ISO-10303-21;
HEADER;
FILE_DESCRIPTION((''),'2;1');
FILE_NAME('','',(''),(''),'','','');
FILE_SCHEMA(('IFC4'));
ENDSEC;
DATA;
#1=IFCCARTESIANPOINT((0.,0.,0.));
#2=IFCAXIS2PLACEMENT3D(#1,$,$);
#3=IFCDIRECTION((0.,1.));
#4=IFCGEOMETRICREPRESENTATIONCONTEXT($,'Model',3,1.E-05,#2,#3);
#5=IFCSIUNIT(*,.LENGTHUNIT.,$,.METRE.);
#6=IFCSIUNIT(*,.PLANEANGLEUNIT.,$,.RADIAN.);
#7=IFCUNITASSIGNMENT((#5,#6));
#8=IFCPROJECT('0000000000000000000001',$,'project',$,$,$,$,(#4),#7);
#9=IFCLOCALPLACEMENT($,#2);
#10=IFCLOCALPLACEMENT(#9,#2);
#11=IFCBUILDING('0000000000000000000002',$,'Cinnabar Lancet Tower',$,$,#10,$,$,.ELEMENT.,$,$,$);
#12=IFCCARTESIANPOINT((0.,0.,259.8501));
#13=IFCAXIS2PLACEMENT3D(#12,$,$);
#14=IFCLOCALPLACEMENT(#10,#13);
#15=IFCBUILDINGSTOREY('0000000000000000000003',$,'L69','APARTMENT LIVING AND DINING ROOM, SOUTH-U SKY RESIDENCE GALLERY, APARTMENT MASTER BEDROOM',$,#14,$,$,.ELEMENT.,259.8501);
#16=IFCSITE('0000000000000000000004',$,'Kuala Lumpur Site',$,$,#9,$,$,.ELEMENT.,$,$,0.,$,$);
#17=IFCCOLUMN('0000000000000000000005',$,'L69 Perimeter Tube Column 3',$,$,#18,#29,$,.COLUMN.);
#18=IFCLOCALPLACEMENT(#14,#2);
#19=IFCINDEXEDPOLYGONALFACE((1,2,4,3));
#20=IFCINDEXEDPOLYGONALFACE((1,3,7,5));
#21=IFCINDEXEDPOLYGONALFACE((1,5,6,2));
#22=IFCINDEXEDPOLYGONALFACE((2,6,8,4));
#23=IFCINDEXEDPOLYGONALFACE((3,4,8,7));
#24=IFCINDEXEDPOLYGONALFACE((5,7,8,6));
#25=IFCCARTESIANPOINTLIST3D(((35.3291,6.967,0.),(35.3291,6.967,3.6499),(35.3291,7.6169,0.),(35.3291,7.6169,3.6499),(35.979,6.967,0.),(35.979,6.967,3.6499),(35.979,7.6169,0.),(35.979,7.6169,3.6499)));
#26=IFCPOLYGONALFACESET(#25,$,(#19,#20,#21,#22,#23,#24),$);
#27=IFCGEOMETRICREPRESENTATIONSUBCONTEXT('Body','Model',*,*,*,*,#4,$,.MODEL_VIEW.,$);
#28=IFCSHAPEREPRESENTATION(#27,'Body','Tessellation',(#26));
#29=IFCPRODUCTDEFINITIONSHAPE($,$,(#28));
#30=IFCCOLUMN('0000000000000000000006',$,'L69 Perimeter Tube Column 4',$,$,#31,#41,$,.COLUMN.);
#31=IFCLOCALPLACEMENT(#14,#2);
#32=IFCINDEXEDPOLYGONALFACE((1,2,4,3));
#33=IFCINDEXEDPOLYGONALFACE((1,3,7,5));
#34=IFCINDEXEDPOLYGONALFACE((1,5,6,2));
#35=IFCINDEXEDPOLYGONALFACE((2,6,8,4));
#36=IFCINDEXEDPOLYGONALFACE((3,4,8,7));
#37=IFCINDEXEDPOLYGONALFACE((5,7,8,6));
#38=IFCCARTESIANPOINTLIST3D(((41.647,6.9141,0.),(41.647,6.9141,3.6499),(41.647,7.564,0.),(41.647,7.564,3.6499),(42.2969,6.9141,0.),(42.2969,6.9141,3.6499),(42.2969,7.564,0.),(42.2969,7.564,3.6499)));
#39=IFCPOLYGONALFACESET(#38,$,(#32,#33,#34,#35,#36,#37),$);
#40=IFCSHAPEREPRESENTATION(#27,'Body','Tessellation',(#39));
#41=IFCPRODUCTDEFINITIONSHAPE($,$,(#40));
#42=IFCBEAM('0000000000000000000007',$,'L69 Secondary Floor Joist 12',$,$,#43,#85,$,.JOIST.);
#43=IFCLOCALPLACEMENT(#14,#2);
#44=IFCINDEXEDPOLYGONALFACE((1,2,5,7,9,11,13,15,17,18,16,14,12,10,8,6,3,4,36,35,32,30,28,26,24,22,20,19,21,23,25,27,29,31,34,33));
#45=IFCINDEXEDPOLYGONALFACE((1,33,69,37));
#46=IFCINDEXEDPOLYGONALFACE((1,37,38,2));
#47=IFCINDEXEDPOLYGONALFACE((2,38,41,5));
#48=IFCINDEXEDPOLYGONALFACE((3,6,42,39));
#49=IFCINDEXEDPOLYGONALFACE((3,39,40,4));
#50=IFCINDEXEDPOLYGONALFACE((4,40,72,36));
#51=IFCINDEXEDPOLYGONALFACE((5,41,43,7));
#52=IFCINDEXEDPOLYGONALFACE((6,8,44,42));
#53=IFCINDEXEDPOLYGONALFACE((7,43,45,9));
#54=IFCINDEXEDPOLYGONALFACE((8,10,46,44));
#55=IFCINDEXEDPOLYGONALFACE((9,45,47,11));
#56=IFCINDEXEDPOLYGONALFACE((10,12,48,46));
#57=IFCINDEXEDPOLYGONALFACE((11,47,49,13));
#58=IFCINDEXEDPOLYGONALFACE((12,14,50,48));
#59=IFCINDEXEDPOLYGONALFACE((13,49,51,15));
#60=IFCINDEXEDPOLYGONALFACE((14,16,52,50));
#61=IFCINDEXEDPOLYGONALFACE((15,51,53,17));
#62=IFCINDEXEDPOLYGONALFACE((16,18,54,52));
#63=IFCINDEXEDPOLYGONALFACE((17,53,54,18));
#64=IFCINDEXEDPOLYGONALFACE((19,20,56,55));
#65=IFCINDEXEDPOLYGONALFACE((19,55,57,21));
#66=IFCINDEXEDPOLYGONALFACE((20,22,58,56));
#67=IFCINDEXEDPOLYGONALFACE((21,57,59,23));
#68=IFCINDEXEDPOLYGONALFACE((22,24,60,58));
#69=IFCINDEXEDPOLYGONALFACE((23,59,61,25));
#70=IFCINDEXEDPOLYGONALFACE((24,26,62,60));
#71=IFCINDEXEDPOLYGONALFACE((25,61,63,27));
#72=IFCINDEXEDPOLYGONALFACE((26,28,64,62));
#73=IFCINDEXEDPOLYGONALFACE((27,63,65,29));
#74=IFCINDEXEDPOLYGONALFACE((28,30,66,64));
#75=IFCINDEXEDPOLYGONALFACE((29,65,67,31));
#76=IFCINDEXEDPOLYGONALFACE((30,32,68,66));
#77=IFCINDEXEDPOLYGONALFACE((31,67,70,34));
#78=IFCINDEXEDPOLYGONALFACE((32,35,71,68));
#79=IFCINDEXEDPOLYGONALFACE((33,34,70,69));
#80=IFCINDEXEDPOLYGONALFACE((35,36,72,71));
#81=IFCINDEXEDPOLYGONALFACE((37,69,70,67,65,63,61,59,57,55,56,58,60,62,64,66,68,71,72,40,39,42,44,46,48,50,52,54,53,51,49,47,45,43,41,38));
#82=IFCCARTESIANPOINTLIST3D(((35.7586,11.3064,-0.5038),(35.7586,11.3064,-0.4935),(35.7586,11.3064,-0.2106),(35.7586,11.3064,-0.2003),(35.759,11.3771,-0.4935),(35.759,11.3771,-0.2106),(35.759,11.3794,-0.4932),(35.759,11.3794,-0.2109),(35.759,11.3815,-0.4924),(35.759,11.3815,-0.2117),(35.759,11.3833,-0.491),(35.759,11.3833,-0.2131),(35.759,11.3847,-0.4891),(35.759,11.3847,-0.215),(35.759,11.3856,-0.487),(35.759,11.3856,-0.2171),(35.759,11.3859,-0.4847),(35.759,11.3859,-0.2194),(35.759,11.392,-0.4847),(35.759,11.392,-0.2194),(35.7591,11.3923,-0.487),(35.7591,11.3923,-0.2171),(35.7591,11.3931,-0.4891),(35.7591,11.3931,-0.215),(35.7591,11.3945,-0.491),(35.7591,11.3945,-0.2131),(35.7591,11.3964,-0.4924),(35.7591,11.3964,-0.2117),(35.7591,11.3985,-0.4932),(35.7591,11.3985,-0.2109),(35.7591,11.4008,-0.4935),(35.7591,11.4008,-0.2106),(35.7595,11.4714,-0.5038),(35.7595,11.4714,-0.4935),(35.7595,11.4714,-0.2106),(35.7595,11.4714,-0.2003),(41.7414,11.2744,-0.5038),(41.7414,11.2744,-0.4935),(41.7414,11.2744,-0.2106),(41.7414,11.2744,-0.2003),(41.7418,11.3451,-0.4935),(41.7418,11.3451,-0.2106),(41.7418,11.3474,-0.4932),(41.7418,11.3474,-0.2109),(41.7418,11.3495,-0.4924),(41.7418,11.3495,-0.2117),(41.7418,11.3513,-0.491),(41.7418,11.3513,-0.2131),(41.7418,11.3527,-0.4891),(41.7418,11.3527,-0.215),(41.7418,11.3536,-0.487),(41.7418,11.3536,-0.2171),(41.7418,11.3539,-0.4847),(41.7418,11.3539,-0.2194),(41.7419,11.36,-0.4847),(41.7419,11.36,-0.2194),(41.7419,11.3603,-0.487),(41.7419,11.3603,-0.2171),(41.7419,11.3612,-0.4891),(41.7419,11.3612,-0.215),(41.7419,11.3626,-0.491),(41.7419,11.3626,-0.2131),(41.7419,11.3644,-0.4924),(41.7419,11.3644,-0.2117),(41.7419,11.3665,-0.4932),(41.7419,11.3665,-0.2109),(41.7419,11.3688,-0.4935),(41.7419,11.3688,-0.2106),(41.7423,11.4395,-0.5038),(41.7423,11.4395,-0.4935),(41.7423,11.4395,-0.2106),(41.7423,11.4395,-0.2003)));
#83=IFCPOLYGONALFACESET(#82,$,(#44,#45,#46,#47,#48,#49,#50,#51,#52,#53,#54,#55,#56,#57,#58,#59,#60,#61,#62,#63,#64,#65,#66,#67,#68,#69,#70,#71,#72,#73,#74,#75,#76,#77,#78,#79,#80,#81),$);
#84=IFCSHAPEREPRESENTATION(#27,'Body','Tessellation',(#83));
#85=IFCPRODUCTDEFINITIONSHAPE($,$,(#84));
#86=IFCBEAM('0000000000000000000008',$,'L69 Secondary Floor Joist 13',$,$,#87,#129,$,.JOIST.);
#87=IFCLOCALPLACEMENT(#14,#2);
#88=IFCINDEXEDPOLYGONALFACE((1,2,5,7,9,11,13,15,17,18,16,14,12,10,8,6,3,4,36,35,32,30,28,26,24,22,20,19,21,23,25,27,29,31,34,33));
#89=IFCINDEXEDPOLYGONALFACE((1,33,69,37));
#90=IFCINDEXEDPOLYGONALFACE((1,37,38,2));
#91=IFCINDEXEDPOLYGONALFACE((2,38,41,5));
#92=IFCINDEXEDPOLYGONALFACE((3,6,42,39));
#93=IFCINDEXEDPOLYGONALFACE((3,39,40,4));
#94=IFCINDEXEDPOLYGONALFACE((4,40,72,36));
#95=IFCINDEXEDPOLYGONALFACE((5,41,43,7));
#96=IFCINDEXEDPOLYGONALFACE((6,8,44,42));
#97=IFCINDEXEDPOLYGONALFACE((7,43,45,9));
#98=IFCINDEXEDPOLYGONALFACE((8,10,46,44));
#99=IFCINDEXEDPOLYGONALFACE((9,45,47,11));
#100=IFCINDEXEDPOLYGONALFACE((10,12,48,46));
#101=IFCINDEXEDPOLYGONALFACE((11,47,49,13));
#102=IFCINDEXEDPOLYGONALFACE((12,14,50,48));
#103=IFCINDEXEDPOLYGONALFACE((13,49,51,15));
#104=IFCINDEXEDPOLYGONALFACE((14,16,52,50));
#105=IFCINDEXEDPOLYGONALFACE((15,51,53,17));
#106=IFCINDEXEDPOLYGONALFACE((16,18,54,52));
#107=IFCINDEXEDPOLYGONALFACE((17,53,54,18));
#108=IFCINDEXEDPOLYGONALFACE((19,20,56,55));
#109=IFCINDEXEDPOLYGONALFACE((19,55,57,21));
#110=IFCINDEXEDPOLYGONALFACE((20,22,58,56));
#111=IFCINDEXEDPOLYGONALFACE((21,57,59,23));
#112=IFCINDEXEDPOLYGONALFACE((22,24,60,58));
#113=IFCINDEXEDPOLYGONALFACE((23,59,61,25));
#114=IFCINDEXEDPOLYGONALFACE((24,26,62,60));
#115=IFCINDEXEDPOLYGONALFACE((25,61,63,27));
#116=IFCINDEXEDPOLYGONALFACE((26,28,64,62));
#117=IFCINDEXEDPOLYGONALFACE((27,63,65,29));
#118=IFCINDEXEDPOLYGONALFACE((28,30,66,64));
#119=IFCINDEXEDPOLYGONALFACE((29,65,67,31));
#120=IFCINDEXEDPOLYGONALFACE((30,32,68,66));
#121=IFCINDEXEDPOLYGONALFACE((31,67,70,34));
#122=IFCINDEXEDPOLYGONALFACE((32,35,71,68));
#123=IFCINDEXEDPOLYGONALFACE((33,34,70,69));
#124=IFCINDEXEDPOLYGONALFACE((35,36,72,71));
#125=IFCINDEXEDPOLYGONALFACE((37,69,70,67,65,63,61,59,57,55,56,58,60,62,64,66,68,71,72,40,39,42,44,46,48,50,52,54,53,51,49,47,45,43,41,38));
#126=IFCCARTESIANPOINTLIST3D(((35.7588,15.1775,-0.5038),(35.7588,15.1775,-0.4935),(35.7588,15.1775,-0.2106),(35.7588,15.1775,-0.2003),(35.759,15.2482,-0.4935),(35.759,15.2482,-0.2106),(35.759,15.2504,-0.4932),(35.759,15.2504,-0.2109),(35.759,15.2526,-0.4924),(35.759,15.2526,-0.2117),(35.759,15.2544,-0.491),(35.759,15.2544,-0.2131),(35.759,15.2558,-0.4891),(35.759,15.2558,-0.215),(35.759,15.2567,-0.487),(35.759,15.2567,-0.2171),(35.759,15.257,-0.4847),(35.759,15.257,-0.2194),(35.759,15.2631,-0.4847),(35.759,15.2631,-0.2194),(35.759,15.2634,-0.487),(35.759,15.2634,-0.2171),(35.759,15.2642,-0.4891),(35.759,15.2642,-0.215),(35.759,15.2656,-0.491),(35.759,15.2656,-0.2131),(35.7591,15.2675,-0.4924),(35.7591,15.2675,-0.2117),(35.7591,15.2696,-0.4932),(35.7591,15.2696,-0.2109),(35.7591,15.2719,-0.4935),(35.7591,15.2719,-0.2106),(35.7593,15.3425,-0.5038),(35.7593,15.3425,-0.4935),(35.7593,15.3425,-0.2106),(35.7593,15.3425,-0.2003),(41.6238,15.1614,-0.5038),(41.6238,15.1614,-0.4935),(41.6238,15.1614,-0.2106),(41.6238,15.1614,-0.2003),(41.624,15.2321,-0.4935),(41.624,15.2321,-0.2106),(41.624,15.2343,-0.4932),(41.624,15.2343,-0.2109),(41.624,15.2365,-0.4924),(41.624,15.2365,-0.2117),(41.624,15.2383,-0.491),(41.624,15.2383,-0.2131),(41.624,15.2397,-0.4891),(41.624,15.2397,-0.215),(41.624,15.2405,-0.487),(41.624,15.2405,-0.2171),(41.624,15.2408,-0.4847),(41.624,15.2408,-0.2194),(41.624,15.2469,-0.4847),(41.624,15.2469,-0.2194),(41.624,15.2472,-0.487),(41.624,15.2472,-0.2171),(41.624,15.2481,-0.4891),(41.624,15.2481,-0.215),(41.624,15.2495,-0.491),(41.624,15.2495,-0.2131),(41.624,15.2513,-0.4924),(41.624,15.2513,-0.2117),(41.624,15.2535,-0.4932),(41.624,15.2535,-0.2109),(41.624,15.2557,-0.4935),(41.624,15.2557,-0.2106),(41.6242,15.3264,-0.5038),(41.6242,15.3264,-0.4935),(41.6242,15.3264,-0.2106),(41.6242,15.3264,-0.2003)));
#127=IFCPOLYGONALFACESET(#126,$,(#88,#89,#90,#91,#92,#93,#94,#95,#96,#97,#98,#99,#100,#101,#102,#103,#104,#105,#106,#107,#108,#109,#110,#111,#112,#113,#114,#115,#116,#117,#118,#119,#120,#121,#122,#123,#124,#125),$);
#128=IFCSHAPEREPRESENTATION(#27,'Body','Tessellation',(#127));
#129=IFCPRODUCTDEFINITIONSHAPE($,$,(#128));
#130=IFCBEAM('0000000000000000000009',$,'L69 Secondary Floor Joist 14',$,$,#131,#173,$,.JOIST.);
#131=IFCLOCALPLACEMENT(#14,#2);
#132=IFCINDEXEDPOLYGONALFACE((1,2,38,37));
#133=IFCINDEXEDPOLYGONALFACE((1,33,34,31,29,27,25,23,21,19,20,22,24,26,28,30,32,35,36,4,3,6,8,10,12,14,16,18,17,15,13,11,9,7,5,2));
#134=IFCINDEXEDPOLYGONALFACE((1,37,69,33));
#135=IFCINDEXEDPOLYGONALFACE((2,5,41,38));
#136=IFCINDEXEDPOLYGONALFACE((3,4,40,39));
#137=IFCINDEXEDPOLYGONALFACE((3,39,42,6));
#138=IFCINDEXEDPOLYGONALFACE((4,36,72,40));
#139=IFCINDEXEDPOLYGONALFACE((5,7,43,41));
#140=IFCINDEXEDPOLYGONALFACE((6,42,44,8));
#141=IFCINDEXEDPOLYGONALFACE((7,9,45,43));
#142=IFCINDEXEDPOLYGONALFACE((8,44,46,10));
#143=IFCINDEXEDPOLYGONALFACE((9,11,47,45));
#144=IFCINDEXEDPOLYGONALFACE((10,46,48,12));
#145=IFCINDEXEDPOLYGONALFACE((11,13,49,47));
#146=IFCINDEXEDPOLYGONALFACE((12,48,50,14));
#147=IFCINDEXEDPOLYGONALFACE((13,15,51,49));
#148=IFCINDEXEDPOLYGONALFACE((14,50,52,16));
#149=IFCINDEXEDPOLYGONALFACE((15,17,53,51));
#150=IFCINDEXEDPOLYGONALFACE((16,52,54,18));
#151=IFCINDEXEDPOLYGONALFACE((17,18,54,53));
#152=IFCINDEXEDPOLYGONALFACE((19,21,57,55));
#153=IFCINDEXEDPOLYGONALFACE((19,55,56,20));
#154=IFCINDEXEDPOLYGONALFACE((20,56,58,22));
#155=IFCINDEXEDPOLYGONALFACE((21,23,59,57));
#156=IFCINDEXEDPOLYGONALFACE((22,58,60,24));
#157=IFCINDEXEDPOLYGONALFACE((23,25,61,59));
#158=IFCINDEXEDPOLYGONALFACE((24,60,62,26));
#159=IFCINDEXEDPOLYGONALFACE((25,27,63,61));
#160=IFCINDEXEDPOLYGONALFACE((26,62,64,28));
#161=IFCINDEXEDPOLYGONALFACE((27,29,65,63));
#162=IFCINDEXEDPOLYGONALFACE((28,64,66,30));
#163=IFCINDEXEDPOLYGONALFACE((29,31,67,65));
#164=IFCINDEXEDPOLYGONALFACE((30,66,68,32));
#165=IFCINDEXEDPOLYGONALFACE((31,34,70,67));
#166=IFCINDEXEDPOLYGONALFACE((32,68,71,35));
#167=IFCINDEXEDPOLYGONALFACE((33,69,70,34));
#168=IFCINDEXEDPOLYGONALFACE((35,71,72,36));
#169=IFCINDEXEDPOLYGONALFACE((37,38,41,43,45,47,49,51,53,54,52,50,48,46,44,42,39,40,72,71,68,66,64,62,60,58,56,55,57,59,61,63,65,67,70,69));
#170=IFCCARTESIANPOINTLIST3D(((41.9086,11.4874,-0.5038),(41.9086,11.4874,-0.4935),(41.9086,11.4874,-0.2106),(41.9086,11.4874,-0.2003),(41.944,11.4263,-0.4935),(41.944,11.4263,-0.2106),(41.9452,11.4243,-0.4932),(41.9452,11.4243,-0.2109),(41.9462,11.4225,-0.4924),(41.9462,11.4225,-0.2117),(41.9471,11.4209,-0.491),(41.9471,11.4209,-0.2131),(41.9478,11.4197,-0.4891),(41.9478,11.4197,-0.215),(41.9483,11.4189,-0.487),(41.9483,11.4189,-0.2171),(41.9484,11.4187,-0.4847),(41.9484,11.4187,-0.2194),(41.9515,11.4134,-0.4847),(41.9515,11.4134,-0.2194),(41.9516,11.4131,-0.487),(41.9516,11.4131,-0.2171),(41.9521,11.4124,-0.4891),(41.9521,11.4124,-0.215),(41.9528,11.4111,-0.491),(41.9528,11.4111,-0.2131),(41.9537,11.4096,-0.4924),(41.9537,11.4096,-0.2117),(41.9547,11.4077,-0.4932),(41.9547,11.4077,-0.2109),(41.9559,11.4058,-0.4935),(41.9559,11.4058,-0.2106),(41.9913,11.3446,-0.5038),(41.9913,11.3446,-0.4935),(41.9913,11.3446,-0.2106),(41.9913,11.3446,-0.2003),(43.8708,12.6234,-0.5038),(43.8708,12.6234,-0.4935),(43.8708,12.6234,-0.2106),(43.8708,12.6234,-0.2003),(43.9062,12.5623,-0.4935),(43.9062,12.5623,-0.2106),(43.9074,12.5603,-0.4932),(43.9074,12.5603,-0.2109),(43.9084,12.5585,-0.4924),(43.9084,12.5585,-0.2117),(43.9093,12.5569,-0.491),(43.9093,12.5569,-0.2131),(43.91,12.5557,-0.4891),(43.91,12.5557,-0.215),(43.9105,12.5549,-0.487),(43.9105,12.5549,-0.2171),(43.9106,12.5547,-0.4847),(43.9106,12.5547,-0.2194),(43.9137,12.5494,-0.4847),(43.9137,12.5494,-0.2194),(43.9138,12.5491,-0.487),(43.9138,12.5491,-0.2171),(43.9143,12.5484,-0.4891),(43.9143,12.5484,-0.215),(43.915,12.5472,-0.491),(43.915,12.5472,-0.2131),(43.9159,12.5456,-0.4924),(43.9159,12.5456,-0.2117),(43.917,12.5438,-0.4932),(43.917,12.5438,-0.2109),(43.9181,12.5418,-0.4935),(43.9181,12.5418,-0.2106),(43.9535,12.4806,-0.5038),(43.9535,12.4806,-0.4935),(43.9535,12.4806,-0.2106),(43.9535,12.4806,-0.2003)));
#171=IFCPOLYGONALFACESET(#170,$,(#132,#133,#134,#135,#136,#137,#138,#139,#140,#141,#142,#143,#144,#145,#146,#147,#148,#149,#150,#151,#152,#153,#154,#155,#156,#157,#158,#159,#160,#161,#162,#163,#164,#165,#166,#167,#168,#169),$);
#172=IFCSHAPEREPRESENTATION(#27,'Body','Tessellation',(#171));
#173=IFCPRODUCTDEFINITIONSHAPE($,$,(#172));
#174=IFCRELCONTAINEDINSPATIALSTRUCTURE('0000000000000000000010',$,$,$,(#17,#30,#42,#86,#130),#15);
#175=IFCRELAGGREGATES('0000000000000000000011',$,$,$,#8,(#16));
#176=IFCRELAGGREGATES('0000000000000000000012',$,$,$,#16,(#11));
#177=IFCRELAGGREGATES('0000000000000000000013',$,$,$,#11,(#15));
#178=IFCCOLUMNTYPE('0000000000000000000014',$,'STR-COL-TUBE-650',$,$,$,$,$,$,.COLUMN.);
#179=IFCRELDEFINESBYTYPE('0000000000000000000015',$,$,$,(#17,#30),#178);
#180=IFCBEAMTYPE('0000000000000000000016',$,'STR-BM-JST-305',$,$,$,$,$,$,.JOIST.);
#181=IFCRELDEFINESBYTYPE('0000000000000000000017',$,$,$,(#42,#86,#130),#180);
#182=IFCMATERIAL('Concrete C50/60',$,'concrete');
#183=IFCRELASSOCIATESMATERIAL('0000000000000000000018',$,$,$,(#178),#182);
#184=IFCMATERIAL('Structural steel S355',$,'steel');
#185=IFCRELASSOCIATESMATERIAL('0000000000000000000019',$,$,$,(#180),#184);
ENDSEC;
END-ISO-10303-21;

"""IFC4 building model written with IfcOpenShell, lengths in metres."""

from ifc_helpers import new_model, si_unit, direction, frame, origin, origin_2d, place, context, subcontext, project, spatial, rectangle, i_section, extrude, material, material_profile, profile_set, type_object, element, save


model = new_model("IFC4")

# Units and contexts
model_context = context("Model", 3, precision=1e-05, world=origin(), true_north=direction((0.0, 1.0)))
body_context = subcontext(model_context, "Body", "Model", "MODEL_VIEW")
ifc_project = project(units=[si_unit("LENGTHUNIT", "METRE"), si_unit("PLANEANGLEUNIT", "RADIAN")], contexts=[model_context])

# Site, building, storey
site_placement = place(None, origin())
site = spatial("IfcSite", under=ifc_project, at=site_placement, Name="Kuala Lumpur Site", CompositionType="ELEMENT", RefElevation=0.0)
building_placement = place(site_placement, origin())
building = spatial("IfcBuilding", under=site, at=building_placement, Name="Cinnabar Lancet Tower", CompositionType="ELEMENT")
storey_placement = place(building_placement, frame((0.0, 0.0, 259.8501)))
storey = spatial("IfcBuildingStorey", under=building, at=storey_placement, Name="L69", Description="APARTMENT LIVING AND DINING ROOM, SOUTH-U SKY RESIDENCE GALLERY, APARTMENT MASTER BEDROOM", CompositionType="ELEMENT", Elevation=259.8501)

# Columns
ifc_material_1 = material(Name="Concrete C50/60", Category="concrete")
ifc_material_profile_1 = material_profile(ifc_material_1, rectangle(XDim=0.6499, YDim=0.6499, at=origin_2d()), Name="RC-COL 650x650")
ifc_profile_set_1 = profile_set([ifc_material_profile_1], Name="Concrete C50/60")
column_type = type_object("IfcColumnType", Name="STR-COL-TUBE-650", PredefinedType="COLUMN", material=ifc_profile_set_1)
for number, where, z_axis, x_axis, name in (
    (1, (35.6541, 7.292, 0.0), (0.0, 0.0, 1.0), (1.0, 0.0, 0.0), "L69 Perimeter Tube Column 3"),
    (2, (41.9719, 7.239, 0.0), (0.0, 0.0, 1.0), (1.0, 0.0, 0.0), "L69 Perimeter Tube Column 4"),
):
    element("IfcColumn", number, at=place(storey_placement, frame(where, z_axis=z_axis, x_axis=x_axis)), inside=storey, type_object=column_type, Name=name, PredefinedType="COLUMN", context=body_context, shape_type="SweptSolid", body=[
        extrude(rectangle(XDim=0.6499, YDim=0.6499, at=origin_2d()), origin(), (0.0, 0.0, 1.0), 3.6499),
    ])

# Beams
ifc_material_2 = material(Name="Structural steel S355", Category="steel")
ifc_material_profile_2 = material_profile(ifc_material_2, i_section(OverallWidth=0.165, OverallDepth=0.3035, WebThickness=0.0061, FlangeThickness=0.0103, FilletRadius=0.0088, at=origin_2d()), Name="UKB 305x165x40")
ifc_profile_set_2 = profile_set([ifc_material_profile_2], Name="Structural steel S355")
beam_type_1 = type_object("IfcBeamType", Name="STR-BM-JST-305", PredefinedType="JOIST", material=ifc_profile_set_2)
beam_1_placement = place(storey_placement, frame((35.759, 11.3889, -0.3521), z_axis=(0.999986, -0.005346, 0.0), x_axis=(0.005346, 0.999986, 0.0)))
element("IfcBeam", 3, at=beam_1_placement, inside=storey, type_object=beam_type_1, Name="L69 Secondary Floor Joist 12", PredefinedType="JOIST", context=body_context, shape_type="SweptSolid", body=[
    extrude(i_section(OverallWidth=0.165, OverallDepth=0.3035, WebThickness=0.0061, FlangeThickness=0.0103, FilletRadius=0.0088, at=origin_2d()), origin(), (0.0, 0.0, 1.0), 5.9829),
])
beam_2_placement = place(storey_placement, frame((35.759, 15.26, -0.3521), z_axis=(0.999996, -0.002747, 0.0), x_axis=(0.002747, 0.999996, 0.0)))
element("IfcBeam", 4, at=beam_2_placement, inside=storey, type_object=beam_type_1, Name="L69 Secondary Floor Joist 13", PredefinedType="JOIST", context=body_context, shape_type="SweptSolid", body=[
    extrude(i_section(OverallWidth=0.165, OverallDepth=0.3035, WebThickness=0.0061, FlangeThickness=0.0103, FilletRadius=0.0088, at=origin_2d()), origin(), (0.0, 0.0, 1.0), 5.865),
])
beam_3_placement = place(storey_placement, frame((41.95, 11.416, -0.3521), z_axis=(0.865426, 0.501036, 0.0), x_axis=(-0.501036, 0.865426, 0.0)))
element("IfcBeam", 5, at=beam_3_placement, inside=storey, type_object=beam_type_1, Name="L69 Secondary Floor Joist 14", PredefinedType="JOIST", context=body_context, shape_type="SweptSolid", body=[
    extrude(i_section(OverallWidth=0.165, OverallDepth=0.3035, WebThickness=0.0061, FlangeThickness=0.0103, FilletRadius=0.0088, at=origin_2d()), origin(), (0.0, 0.0, 1.0), 2.2673),
])

save(model, "model.ifc")
